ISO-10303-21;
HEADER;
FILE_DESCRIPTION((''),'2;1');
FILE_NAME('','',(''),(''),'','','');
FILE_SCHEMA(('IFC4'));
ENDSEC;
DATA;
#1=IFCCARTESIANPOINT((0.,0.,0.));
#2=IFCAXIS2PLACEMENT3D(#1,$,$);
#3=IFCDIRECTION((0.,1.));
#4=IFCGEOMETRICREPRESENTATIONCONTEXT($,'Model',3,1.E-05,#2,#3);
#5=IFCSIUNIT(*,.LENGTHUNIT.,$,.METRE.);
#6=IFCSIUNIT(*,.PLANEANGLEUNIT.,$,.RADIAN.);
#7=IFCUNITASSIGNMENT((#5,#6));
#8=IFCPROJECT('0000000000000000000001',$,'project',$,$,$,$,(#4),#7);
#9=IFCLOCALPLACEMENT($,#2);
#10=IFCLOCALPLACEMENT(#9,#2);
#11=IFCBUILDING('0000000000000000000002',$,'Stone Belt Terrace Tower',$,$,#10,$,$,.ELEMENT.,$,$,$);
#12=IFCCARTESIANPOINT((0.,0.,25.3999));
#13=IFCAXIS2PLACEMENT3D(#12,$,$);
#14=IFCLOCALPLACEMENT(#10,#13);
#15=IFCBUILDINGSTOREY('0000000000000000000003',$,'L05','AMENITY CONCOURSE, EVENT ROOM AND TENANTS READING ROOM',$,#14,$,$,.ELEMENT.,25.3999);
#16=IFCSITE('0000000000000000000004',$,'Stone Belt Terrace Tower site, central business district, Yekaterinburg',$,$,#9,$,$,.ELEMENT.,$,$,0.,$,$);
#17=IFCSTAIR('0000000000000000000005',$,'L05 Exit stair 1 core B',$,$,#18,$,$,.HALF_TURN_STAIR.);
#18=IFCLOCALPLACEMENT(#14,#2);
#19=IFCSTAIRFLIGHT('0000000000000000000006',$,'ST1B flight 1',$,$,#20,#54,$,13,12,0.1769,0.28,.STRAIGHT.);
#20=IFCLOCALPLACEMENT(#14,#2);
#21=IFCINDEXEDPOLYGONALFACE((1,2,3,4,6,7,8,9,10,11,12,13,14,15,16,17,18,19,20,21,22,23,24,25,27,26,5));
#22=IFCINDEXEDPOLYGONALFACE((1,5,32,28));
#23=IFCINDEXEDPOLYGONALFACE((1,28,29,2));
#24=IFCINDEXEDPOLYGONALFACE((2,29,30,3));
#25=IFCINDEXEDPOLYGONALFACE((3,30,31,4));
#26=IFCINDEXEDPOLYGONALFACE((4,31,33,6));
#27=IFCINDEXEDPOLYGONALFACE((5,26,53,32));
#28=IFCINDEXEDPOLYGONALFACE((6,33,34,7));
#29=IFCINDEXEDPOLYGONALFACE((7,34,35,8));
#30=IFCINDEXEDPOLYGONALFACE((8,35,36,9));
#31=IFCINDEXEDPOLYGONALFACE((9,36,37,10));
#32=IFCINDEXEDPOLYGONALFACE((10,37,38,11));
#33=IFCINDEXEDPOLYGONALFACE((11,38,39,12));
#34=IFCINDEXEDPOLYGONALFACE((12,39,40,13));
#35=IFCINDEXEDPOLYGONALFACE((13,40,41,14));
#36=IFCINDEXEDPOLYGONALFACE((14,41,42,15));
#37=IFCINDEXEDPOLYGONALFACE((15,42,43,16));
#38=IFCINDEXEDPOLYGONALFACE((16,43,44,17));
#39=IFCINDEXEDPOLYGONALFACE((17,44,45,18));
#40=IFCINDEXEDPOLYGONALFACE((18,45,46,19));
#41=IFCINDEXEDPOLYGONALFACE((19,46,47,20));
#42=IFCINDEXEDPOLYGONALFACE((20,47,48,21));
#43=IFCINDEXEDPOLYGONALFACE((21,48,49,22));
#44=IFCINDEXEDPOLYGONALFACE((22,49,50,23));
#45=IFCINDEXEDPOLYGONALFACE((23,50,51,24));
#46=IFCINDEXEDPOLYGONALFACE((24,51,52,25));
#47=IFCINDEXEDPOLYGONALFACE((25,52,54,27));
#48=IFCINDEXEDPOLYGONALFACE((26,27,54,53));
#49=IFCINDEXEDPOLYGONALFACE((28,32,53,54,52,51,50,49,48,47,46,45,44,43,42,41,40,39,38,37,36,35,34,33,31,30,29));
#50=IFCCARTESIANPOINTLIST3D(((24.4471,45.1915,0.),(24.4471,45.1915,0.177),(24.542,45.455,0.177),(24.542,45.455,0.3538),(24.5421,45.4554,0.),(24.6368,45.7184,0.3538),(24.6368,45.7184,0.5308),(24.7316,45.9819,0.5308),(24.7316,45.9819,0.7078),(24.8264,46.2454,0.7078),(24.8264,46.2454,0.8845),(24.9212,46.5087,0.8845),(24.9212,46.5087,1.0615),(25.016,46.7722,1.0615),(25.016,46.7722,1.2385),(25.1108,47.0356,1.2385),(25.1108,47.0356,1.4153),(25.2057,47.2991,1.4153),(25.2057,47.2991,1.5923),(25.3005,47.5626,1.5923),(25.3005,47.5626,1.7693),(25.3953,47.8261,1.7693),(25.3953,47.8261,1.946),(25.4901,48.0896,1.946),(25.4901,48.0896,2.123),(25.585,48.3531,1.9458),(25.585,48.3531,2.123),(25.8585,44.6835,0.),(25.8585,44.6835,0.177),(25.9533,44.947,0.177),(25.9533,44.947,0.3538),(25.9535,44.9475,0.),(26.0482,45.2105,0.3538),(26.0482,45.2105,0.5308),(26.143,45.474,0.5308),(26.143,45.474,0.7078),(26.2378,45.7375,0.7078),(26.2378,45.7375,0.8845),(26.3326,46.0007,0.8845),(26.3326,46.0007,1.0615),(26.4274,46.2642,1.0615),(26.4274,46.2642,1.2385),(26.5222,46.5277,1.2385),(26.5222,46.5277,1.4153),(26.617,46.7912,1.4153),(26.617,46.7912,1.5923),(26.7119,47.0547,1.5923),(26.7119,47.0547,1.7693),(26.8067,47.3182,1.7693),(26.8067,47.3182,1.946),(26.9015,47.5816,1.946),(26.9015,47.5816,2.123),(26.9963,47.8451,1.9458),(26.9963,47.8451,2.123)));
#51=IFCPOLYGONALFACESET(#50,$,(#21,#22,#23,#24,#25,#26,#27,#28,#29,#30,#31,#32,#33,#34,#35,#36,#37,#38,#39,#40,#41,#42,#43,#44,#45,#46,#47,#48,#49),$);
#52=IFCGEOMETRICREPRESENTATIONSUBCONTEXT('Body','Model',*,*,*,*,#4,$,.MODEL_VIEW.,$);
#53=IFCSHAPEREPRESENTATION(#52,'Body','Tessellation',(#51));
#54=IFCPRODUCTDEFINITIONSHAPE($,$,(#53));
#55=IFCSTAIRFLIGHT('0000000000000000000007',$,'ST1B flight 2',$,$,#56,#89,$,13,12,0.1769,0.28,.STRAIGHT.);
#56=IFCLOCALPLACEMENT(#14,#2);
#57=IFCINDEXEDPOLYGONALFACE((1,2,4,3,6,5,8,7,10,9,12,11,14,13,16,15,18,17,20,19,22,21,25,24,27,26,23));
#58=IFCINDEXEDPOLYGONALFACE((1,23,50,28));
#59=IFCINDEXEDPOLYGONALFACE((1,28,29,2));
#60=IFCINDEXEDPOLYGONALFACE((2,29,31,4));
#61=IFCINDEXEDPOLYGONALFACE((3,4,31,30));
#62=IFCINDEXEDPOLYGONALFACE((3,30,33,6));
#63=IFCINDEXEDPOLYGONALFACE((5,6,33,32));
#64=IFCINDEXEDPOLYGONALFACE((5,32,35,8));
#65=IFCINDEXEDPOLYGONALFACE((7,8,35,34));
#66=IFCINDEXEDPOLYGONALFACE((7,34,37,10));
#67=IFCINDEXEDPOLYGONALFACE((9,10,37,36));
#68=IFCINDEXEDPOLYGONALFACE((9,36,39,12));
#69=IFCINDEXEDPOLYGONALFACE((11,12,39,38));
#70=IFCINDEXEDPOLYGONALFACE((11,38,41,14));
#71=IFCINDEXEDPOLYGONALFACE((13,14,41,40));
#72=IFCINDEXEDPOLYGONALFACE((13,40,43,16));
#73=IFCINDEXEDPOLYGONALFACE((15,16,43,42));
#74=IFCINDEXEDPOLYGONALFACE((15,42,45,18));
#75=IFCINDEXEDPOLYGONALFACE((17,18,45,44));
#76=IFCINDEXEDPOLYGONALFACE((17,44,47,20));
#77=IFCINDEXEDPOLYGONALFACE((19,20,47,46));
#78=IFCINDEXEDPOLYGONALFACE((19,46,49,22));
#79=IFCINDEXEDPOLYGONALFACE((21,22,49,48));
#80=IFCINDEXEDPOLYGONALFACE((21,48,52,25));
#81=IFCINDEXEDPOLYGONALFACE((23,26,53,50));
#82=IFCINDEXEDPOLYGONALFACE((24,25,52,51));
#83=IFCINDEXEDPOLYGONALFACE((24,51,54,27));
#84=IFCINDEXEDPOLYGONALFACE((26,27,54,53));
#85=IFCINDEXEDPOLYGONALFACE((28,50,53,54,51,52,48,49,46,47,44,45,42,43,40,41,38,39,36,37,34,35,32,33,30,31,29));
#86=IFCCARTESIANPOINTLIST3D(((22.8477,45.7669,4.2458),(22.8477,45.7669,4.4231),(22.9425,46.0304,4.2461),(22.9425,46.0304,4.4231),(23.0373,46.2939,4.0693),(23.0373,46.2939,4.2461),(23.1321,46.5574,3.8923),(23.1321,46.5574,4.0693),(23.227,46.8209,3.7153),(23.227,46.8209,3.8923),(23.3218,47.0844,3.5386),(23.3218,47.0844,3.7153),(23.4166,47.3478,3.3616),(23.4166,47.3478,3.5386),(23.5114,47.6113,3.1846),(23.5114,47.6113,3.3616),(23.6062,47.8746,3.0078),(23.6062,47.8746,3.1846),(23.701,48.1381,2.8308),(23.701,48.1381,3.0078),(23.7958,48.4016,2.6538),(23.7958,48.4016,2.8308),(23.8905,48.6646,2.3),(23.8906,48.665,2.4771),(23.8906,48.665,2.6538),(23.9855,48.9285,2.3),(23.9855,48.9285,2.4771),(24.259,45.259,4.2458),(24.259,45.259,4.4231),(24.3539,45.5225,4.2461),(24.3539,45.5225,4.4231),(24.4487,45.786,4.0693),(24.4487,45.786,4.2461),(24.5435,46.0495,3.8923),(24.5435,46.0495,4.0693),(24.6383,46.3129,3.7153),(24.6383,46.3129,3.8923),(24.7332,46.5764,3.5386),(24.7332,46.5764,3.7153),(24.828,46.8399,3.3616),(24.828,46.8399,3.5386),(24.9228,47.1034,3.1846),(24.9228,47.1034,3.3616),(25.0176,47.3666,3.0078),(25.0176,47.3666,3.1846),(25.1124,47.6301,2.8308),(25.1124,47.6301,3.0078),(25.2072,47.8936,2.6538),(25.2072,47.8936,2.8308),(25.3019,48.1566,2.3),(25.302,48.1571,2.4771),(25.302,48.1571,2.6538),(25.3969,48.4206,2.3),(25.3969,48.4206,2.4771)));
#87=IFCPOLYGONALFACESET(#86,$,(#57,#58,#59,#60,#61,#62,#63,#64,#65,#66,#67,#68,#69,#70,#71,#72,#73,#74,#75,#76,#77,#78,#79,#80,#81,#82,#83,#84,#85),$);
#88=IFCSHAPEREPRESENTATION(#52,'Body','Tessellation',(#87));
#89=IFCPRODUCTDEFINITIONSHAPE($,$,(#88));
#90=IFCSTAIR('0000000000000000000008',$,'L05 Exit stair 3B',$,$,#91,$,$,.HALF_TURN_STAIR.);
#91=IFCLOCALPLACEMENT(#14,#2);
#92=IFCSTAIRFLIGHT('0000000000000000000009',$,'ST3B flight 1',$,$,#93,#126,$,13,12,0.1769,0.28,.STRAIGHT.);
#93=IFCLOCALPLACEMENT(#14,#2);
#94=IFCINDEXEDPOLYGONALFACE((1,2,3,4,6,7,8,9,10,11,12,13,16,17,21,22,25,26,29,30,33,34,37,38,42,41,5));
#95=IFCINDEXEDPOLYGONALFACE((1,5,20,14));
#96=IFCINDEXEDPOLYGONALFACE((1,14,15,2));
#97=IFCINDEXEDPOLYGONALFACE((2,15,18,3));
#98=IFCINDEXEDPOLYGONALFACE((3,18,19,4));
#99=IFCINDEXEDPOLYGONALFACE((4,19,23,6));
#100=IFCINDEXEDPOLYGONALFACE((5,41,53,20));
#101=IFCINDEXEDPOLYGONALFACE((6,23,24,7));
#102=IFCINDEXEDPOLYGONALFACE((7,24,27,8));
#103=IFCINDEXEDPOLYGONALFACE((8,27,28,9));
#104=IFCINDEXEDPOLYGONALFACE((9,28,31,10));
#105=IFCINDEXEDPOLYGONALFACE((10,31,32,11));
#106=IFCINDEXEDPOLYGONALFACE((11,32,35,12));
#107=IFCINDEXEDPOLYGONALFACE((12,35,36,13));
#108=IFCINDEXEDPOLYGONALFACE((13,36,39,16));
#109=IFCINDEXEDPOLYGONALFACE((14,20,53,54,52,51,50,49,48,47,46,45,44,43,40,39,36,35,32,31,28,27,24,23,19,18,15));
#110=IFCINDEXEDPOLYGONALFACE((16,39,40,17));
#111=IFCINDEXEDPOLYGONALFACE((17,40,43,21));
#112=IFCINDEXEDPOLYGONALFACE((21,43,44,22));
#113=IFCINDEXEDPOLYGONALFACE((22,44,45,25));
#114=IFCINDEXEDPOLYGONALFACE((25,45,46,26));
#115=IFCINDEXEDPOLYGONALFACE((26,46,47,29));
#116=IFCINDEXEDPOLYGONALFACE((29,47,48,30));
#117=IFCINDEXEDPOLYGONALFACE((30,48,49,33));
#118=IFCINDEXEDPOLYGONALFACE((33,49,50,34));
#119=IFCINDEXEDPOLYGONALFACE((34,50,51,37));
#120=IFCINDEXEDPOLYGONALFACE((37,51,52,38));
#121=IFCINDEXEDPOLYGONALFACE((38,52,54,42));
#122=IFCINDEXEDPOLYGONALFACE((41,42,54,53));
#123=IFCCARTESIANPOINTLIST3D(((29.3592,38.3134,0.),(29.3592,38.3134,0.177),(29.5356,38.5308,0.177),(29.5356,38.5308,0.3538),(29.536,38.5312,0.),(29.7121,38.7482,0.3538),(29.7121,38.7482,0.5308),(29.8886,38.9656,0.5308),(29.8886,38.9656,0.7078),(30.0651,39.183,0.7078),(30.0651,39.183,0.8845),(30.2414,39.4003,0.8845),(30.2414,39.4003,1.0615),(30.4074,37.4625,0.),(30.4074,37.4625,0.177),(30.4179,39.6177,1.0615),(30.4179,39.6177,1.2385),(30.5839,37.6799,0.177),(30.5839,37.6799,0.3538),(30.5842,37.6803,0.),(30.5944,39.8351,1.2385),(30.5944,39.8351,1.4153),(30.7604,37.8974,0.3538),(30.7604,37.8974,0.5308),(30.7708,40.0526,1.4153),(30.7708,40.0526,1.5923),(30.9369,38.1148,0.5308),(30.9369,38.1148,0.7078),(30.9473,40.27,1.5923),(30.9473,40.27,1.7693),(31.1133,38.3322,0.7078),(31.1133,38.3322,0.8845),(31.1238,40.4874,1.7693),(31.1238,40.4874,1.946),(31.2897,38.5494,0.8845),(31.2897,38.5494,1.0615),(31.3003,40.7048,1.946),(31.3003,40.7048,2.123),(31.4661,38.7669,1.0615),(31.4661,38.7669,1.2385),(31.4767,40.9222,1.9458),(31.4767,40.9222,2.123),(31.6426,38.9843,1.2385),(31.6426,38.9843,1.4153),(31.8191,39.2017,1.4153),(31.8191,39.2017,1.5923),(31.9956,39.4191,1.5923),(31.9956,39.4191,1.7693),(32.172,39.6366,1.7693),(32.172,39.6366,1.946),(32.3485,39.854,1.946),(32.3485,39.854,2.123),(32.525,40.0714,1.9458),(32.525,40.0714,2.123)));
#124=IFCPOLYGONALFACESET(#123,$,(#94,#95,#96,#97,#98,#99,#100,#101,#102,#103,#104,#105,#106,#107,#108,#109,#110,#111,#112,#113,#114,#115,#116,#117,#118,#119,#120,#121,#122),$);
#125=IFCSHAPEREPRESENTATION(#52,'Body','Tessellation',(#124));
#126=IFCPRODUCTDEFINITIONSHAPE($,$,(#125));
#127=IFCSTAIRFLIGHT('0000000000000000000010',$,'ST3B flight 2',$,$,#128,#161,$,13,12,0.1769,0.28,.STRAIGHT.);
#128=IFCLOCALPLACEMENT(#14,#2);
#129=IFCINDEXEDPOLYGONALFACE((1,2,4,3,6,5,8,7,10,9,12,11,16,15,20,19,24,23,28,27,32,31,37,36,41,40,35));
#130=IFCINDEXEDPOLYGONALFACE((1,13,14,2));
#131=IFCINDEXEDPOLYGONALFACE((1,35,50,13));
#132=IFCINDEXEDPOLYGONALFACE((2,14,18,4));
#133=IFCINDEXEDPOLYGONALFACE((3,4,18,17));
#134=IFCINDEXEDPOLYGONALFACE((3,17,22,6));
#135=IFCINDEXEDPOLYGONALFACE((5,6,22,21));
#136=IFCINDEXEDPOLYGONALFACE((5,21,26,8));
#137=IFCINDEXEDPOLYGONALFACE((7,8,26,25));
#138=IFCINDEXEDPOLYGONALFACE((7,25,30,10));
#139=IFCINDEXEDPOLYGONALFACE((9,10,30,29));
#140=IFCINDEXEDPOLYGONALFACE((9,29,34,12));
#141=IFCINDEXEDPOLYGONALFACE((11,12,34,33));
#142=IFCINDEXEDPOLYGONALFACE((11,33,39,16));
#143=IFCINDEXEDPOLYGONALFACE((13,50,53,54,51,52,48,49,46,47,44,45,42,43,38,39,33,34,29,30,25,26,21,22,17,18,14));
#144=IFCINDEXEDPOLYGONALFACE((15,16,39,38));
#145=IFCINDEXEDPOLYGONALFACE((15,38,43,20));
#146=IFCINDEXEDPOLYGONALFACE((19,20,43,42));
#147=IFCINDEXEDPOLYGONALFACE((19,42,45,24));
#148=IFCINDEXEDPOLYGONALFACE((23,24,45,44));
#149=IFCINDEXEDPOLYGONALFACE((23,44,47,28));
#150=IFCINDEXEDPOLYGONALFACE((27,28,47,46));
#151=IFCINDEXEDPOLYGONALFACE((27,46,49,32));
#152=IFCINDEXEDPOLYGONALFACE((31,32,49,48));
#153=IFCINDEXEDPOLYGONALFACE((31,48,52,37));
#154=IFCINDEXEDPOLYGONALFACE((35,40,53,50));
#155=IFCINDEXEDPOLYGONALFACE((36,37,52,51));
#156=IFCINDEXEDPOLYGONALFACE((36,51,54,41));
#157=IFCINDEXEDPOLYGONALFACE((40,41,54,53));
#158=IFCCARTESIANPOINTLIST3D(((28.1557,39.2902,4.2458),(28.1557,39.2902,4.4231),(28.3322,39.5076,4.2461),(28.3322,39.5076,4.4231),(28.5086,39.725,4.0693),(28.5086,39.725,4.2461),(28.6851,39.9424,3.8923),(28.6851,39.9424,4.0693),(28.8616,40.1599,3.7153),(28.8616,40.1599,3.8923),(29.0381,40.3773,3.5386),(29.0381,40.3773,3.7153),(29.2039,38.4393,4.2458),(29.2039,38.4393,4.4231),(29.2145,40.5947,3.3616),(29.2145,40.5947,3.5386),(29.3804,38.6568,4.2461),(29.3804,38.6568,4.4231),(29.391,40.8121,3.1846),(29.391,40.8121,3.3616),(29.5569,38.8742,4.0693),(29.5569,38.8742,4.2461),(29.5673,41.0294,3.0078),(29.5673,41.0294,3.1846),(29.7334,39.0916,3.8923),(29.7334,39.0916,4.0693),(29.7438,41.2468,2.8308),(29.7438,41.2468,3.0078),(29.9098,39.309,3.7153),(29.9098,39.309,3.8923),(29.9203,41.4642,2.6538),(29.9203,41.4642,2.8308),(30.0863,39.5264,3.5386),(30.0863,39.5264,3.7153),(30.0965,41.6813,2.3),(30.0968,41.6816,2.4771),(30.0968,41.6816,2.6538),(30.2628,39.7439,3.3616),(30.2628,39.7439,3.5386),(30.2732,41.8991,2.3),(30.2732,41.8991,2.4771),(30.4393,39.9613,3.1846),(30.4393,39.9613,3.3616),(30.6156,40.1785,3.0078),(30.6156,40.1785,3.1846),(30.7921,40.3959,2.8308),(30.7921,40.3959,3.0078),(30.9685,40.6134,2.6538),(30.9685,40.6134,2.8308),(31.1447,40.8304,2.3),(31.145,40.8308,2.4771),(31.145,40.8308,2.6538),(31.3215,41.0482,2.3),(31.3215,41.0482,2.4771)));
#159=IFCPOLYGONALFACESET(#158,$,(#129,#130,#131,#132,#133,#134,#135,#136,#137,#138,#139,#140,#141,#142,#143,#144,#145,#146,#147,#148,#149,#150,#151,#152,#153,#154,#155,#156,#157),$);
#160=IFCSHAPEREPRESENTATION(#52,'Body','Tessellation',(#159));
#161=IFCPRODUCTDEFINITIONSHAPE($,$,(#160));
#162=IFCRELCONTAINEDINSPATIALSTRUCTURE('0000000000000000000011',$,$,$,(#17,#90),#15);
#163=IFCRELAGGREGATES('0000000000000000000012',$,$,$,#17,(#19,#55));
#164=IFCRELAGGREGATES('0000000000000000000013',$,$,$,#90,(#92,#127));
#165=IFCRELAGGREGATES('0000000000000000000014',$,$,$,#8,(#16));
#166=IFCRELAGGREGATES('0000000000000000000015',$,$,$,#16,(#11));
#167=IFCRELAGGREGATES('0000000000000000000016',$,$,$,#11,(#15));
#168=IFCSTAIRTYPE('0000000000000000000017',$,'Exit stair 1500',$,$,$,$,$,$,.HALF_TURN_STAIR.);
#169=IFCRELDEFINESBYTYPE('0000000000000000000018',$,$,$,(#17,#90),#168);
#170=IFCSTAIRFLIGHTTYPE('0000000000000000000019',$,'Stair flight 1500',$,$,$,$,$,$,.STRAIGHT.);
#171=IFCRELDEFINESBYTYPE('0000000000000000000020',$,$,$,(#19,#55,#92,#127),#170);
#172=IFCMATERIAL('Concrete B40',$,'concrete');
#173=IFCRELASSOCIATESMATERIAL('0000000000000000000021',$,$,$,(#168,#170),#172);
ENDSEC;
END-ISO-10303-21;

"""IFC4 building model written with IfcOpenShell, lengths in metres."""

from ifc_helpers import new_model, si_unit, direction, frame, origin, place, context, subcontext, project, spatial, polyline, outline, extrude, material, type_object, element, aggregate, save


model = new_model("IFC4")

# Units and contexts
model_context = context("Model", 3, precision=1e-05, world=origin(), true_north=direction((0.0, 1.0)))
body_context = subcontext(model_context, "Body", "Model", "MODEL_VIEW")
ifc_project = project(units=[si_unit("LENGTHUNIT", "METRE"), si_unit("PLANEANGLEUNIT", "RADIAN")], contexts=[model_context])

# Site, building, storey
site_placement = place(None, origin())
site = spatial("IfcSite", under=ifc_project, at=site_placement, Name="Stone Belt Terrace Tower site, central business district, Yekaterinburg", CompositionType="ELEMENT", RefElevation=0.0)
building_placement = place(site_placement, origin())
building = spatial("IfcBuilding", under=site, at=building_placement, Name="Stone Belt Terrace Tower", CompositionType="ELEMENT")
storey_placement = place(building_placement, frame((0.0, 0.0, 25.3999)))
storey = spatial("IfcBuildingStorey", under=building, at=storey_placement, Name="L05", Description="AMENITY CONCOURSE, EVENT ROOM AND TENANTS READING ROOM", CompositionType="ELEMENT", Elevation=25.3999)

# Stairs, stair flights
ifc_material_1 = material(Name="Concrete B40", Category="concrete")
stair_type = type_object("IfcStairType", Name="Exit stair 1500", PredefinedType="HALF_TURN_STAIR", material=ifc_material_1)
stair_1_placement = place(storey_placement, origin())
stair_1 = element("IfcStair", 1, at=stair_1_placement, inside=storey, type_object=stair_type, Name="L05 Exit stair 1 core B", PredefinedType="HALF_TURN_STAIR")
stair_flight_type = type_object("IfcStairFlightType", Name="Stair flight 1500", PredefinedType="STRAIGHT", material=ifc_material_1)
stair_flight_1_placement = place(storey_placement, frame((25.1528, 44.9375, 0.0), z_axis=(0.0, 0.0, 1.0), x_axis=(0.338624, 0.940922, 0.0)))
stair_flight_1 = element("IfcStairFlight", 2, at=stair_flight_1_placement, type_object=stair_flight_type, Name="ST1B flight 1", NumberOfRisers=13, NumberOfTreads=12, PredefinedType="STRAIGHT", RiserHeight=0.1769, TreadLength=0.28, context=body_context, shape_type="SweptSolid", body=[
    extrude(outline(polyline([(0.0, 0.0), (0.0, 0.177), (0.28, 0.177), (0.28, 0.3538), (0.5601, 0.3538), (0.5601, 0.5308), (0.8401, 0.5308), (0.8401, 0.7078), (1.1201, 0.7078), (1.1201, 0.8845), (1.3999, 0.8845), (1.3999, 1.0615), (1.6799, 1.0615), (1.6799, 1.2385), (1.96, 1.2385), (1.96, 1.4153), (2.24, 1.4153), (2.24, 1.5923), (2.52, 1.5923), (2.52, 1.7693), (2.8, 1.7693), (2.8, 1.946), (3.0801, 1.946), (3.0801, 2.123), (3.3601, 2.123), (3.3601, 2.3), (3.3601, 1.9458), (0.2805, 0.0), (0.0, 0.0)])), frame((0.0, 0.75, 0.0), z_axis=(0.0, -1.0, 0.0), x_axis=(1.0, 0.0, 0.0)), (0.0, 0.0, 1.0), 1.5),
])
stair_flight_2_placement = place(storey_placement, frame((24.6912, 48.6746, 2.3), z_axis=(0.0, 0.0, 1.0), x_axis=(-0.338624, -0.940922, 0.0)))
stair_flight_2 = element("IfcStairFlight", 3, at=stair_flight_2_placement, type_object=stair_flight_type, Name="ST1B flight 2", NumberOfRisers=13, NumberOfTreads=12, PredefinedType="STRAIGHT", RiserHeight=0.1769, TreadLength=0.28, context=body_context, shape_type="SweptSolid", body=[
    extrude(outline(polyline([(0.0, 0.0), (0.0, 0.177), (0.28, 0.177), (0.28, 0.3538), (0.5601, 0.3538), (0.5601, 0.5308), (0.8401, 0.5308), (0.8401, 0.7078), (1.1201, 0.7078), (1.1201, 0.8845), (1.3999, 0.8845), (1.3999, 1.0615), (1.6799, 1.0615), (1.6799, 1.2385), (1.96, 1.2385), (1.96, 1.4153), (2.24, 1.4153), (2.24, 1.5923), (2.52, 1.5923), (2.52, 1.7693), (2.8, 1.7693), (2.8, 1.946), (3.0801, 1.946), (3.0801, 2.123), (3.3601, 2.123), (3.3601, 2.3), (3.3601, 1.9458), (0.2805, 0.0), (0.0, 0.0)])), frame((0.0, 0.75, 0.0), z_axis=(0.0, -1.0, 0.0), x_axis=(1.0, 0.0, 0.0)), (0.0, 0.0, 1.0), 1.5),
])
aggregate(stair_1, [stair_flight_1, stair_flight_2])
stair_2_placement = place(storey_placement, origin())
stair_2 = element("IfcStair", 4, at=stair_2_placement, inside=storey, type_object=stair_type, Name="L05 Exit stair 3B", PredefinedType="HALF_TURN_STAIR")
stair_flight_3_placement = place(storey_placement, frame((29.8833, 37.8879, 0.0), z_axis=(0.0, 0.0, 1.0), x_axis=(0.630206, 0.776428, 0.0)))
stair_flight_3 = element("IfcStairFlight", 5, at=stair_flight_3_placement, type_object=stair_flight_type, Name="ST3B flight 1", NumberOfRisers=13, NumberOfTreads=12, PredefinedType="STRAIGHT", RiserHeight=0.1769, TreadLength=0.28, context=body_context, shape_type="SweptSolid", body=[
    extrude(outline(polyline([(0.0, 0.0), (0.0, 0.177), (0.28, 0.177), (0.28, 0.3538), (0.5601, 0.3538), (0.5601, 0.5308), (0.8401, 0.5308), (0.8401, 0.7078), (1.1201, 0.7078), (1.1201, 0.8845), (1.3999, 0.8845), (1.3999, 1.0615), (1.6799, 1.0615), (1.6799, 1.2385), (1.96, 1.2385), (1.96, 1.4153), (2.24, 1.4153), (2.24, 1.5923), (2.52, 1.5923), (2.52, 1.7693), (2.8, 1.7693), (2.8, 1.946), (3.0801, 1.946), (3.0801, 2.123), (3.3601, 2.123), (3.3601, 2.3), (3.3601, 1.9458), (0.2805, 0.0), (0.0, 0.0)])), frame((0.0, 0.675, 0.0), z_axis=(0.0, -1.0, 0.0), x_axis=(1.0, 0.0, 0.0)), (0.0, 0.0, 1.0), 1.3501),
])
stair_flight_4_placement = place(storey_placement, frame((30.7974, 41.4736, 2.3), z_axis=(0.0, 0.0, 1.0), x_axis=(-0.630206, -0.776428, 0.0)))
stair_flight_4 = element("IfcStairFlight", 6, at=stair_flight_4_placement, type_object=stair_flight_type, Name="ST3B flight 2", NumberOfRisers=13, NumberOfTreads=12, PredefinedType="STRAIGHT", RiserHeight=0.1769, TreadLength=0.28, context=body_context, shape_type="SweptSolid", body=[
    extrude(outline(polyline([(0.0, 0.0), (0.0, 0.177), (0.28, 0.177), (0.28, 0.3538), (0.5601, 0.3538), (0.5601, 0.5308), (0.8401, 0.5308), (0.8401, 0.7078), (1.1201, 0.7078), (1.1201, 0.8845), (1.3999, 0.8845), (1.3999, 1.0615), (1.6799, 1.0615), (1.6799, 1.2385), (1.96, 1.2385), (1.96, 1.4153), (2.24, 1.4153), (2.24, 1.5923), (2.52, 1.5923), (2.52, 1.7693), (2.8, 1.7693), (2.8, 1.946), (3.0801, 1.946), (3.0801, 2.123), (3.3601, 2.123), (3.3601, 2.3), (3.3601, 1.9458), (0.2805, 0.0), (0.0, 0.0)])), frame((0.0, 0.675, 0.0), z_axis=(0.0, -1.0, 0.0), x_axis=(1.0, 0.0, 0.0)), (0.0, 0.0, 1.0), 1.3501),
])
aggregate(stair_2, [stair_flight_3, stair_flight_4])

save(model, "model.ifc")
